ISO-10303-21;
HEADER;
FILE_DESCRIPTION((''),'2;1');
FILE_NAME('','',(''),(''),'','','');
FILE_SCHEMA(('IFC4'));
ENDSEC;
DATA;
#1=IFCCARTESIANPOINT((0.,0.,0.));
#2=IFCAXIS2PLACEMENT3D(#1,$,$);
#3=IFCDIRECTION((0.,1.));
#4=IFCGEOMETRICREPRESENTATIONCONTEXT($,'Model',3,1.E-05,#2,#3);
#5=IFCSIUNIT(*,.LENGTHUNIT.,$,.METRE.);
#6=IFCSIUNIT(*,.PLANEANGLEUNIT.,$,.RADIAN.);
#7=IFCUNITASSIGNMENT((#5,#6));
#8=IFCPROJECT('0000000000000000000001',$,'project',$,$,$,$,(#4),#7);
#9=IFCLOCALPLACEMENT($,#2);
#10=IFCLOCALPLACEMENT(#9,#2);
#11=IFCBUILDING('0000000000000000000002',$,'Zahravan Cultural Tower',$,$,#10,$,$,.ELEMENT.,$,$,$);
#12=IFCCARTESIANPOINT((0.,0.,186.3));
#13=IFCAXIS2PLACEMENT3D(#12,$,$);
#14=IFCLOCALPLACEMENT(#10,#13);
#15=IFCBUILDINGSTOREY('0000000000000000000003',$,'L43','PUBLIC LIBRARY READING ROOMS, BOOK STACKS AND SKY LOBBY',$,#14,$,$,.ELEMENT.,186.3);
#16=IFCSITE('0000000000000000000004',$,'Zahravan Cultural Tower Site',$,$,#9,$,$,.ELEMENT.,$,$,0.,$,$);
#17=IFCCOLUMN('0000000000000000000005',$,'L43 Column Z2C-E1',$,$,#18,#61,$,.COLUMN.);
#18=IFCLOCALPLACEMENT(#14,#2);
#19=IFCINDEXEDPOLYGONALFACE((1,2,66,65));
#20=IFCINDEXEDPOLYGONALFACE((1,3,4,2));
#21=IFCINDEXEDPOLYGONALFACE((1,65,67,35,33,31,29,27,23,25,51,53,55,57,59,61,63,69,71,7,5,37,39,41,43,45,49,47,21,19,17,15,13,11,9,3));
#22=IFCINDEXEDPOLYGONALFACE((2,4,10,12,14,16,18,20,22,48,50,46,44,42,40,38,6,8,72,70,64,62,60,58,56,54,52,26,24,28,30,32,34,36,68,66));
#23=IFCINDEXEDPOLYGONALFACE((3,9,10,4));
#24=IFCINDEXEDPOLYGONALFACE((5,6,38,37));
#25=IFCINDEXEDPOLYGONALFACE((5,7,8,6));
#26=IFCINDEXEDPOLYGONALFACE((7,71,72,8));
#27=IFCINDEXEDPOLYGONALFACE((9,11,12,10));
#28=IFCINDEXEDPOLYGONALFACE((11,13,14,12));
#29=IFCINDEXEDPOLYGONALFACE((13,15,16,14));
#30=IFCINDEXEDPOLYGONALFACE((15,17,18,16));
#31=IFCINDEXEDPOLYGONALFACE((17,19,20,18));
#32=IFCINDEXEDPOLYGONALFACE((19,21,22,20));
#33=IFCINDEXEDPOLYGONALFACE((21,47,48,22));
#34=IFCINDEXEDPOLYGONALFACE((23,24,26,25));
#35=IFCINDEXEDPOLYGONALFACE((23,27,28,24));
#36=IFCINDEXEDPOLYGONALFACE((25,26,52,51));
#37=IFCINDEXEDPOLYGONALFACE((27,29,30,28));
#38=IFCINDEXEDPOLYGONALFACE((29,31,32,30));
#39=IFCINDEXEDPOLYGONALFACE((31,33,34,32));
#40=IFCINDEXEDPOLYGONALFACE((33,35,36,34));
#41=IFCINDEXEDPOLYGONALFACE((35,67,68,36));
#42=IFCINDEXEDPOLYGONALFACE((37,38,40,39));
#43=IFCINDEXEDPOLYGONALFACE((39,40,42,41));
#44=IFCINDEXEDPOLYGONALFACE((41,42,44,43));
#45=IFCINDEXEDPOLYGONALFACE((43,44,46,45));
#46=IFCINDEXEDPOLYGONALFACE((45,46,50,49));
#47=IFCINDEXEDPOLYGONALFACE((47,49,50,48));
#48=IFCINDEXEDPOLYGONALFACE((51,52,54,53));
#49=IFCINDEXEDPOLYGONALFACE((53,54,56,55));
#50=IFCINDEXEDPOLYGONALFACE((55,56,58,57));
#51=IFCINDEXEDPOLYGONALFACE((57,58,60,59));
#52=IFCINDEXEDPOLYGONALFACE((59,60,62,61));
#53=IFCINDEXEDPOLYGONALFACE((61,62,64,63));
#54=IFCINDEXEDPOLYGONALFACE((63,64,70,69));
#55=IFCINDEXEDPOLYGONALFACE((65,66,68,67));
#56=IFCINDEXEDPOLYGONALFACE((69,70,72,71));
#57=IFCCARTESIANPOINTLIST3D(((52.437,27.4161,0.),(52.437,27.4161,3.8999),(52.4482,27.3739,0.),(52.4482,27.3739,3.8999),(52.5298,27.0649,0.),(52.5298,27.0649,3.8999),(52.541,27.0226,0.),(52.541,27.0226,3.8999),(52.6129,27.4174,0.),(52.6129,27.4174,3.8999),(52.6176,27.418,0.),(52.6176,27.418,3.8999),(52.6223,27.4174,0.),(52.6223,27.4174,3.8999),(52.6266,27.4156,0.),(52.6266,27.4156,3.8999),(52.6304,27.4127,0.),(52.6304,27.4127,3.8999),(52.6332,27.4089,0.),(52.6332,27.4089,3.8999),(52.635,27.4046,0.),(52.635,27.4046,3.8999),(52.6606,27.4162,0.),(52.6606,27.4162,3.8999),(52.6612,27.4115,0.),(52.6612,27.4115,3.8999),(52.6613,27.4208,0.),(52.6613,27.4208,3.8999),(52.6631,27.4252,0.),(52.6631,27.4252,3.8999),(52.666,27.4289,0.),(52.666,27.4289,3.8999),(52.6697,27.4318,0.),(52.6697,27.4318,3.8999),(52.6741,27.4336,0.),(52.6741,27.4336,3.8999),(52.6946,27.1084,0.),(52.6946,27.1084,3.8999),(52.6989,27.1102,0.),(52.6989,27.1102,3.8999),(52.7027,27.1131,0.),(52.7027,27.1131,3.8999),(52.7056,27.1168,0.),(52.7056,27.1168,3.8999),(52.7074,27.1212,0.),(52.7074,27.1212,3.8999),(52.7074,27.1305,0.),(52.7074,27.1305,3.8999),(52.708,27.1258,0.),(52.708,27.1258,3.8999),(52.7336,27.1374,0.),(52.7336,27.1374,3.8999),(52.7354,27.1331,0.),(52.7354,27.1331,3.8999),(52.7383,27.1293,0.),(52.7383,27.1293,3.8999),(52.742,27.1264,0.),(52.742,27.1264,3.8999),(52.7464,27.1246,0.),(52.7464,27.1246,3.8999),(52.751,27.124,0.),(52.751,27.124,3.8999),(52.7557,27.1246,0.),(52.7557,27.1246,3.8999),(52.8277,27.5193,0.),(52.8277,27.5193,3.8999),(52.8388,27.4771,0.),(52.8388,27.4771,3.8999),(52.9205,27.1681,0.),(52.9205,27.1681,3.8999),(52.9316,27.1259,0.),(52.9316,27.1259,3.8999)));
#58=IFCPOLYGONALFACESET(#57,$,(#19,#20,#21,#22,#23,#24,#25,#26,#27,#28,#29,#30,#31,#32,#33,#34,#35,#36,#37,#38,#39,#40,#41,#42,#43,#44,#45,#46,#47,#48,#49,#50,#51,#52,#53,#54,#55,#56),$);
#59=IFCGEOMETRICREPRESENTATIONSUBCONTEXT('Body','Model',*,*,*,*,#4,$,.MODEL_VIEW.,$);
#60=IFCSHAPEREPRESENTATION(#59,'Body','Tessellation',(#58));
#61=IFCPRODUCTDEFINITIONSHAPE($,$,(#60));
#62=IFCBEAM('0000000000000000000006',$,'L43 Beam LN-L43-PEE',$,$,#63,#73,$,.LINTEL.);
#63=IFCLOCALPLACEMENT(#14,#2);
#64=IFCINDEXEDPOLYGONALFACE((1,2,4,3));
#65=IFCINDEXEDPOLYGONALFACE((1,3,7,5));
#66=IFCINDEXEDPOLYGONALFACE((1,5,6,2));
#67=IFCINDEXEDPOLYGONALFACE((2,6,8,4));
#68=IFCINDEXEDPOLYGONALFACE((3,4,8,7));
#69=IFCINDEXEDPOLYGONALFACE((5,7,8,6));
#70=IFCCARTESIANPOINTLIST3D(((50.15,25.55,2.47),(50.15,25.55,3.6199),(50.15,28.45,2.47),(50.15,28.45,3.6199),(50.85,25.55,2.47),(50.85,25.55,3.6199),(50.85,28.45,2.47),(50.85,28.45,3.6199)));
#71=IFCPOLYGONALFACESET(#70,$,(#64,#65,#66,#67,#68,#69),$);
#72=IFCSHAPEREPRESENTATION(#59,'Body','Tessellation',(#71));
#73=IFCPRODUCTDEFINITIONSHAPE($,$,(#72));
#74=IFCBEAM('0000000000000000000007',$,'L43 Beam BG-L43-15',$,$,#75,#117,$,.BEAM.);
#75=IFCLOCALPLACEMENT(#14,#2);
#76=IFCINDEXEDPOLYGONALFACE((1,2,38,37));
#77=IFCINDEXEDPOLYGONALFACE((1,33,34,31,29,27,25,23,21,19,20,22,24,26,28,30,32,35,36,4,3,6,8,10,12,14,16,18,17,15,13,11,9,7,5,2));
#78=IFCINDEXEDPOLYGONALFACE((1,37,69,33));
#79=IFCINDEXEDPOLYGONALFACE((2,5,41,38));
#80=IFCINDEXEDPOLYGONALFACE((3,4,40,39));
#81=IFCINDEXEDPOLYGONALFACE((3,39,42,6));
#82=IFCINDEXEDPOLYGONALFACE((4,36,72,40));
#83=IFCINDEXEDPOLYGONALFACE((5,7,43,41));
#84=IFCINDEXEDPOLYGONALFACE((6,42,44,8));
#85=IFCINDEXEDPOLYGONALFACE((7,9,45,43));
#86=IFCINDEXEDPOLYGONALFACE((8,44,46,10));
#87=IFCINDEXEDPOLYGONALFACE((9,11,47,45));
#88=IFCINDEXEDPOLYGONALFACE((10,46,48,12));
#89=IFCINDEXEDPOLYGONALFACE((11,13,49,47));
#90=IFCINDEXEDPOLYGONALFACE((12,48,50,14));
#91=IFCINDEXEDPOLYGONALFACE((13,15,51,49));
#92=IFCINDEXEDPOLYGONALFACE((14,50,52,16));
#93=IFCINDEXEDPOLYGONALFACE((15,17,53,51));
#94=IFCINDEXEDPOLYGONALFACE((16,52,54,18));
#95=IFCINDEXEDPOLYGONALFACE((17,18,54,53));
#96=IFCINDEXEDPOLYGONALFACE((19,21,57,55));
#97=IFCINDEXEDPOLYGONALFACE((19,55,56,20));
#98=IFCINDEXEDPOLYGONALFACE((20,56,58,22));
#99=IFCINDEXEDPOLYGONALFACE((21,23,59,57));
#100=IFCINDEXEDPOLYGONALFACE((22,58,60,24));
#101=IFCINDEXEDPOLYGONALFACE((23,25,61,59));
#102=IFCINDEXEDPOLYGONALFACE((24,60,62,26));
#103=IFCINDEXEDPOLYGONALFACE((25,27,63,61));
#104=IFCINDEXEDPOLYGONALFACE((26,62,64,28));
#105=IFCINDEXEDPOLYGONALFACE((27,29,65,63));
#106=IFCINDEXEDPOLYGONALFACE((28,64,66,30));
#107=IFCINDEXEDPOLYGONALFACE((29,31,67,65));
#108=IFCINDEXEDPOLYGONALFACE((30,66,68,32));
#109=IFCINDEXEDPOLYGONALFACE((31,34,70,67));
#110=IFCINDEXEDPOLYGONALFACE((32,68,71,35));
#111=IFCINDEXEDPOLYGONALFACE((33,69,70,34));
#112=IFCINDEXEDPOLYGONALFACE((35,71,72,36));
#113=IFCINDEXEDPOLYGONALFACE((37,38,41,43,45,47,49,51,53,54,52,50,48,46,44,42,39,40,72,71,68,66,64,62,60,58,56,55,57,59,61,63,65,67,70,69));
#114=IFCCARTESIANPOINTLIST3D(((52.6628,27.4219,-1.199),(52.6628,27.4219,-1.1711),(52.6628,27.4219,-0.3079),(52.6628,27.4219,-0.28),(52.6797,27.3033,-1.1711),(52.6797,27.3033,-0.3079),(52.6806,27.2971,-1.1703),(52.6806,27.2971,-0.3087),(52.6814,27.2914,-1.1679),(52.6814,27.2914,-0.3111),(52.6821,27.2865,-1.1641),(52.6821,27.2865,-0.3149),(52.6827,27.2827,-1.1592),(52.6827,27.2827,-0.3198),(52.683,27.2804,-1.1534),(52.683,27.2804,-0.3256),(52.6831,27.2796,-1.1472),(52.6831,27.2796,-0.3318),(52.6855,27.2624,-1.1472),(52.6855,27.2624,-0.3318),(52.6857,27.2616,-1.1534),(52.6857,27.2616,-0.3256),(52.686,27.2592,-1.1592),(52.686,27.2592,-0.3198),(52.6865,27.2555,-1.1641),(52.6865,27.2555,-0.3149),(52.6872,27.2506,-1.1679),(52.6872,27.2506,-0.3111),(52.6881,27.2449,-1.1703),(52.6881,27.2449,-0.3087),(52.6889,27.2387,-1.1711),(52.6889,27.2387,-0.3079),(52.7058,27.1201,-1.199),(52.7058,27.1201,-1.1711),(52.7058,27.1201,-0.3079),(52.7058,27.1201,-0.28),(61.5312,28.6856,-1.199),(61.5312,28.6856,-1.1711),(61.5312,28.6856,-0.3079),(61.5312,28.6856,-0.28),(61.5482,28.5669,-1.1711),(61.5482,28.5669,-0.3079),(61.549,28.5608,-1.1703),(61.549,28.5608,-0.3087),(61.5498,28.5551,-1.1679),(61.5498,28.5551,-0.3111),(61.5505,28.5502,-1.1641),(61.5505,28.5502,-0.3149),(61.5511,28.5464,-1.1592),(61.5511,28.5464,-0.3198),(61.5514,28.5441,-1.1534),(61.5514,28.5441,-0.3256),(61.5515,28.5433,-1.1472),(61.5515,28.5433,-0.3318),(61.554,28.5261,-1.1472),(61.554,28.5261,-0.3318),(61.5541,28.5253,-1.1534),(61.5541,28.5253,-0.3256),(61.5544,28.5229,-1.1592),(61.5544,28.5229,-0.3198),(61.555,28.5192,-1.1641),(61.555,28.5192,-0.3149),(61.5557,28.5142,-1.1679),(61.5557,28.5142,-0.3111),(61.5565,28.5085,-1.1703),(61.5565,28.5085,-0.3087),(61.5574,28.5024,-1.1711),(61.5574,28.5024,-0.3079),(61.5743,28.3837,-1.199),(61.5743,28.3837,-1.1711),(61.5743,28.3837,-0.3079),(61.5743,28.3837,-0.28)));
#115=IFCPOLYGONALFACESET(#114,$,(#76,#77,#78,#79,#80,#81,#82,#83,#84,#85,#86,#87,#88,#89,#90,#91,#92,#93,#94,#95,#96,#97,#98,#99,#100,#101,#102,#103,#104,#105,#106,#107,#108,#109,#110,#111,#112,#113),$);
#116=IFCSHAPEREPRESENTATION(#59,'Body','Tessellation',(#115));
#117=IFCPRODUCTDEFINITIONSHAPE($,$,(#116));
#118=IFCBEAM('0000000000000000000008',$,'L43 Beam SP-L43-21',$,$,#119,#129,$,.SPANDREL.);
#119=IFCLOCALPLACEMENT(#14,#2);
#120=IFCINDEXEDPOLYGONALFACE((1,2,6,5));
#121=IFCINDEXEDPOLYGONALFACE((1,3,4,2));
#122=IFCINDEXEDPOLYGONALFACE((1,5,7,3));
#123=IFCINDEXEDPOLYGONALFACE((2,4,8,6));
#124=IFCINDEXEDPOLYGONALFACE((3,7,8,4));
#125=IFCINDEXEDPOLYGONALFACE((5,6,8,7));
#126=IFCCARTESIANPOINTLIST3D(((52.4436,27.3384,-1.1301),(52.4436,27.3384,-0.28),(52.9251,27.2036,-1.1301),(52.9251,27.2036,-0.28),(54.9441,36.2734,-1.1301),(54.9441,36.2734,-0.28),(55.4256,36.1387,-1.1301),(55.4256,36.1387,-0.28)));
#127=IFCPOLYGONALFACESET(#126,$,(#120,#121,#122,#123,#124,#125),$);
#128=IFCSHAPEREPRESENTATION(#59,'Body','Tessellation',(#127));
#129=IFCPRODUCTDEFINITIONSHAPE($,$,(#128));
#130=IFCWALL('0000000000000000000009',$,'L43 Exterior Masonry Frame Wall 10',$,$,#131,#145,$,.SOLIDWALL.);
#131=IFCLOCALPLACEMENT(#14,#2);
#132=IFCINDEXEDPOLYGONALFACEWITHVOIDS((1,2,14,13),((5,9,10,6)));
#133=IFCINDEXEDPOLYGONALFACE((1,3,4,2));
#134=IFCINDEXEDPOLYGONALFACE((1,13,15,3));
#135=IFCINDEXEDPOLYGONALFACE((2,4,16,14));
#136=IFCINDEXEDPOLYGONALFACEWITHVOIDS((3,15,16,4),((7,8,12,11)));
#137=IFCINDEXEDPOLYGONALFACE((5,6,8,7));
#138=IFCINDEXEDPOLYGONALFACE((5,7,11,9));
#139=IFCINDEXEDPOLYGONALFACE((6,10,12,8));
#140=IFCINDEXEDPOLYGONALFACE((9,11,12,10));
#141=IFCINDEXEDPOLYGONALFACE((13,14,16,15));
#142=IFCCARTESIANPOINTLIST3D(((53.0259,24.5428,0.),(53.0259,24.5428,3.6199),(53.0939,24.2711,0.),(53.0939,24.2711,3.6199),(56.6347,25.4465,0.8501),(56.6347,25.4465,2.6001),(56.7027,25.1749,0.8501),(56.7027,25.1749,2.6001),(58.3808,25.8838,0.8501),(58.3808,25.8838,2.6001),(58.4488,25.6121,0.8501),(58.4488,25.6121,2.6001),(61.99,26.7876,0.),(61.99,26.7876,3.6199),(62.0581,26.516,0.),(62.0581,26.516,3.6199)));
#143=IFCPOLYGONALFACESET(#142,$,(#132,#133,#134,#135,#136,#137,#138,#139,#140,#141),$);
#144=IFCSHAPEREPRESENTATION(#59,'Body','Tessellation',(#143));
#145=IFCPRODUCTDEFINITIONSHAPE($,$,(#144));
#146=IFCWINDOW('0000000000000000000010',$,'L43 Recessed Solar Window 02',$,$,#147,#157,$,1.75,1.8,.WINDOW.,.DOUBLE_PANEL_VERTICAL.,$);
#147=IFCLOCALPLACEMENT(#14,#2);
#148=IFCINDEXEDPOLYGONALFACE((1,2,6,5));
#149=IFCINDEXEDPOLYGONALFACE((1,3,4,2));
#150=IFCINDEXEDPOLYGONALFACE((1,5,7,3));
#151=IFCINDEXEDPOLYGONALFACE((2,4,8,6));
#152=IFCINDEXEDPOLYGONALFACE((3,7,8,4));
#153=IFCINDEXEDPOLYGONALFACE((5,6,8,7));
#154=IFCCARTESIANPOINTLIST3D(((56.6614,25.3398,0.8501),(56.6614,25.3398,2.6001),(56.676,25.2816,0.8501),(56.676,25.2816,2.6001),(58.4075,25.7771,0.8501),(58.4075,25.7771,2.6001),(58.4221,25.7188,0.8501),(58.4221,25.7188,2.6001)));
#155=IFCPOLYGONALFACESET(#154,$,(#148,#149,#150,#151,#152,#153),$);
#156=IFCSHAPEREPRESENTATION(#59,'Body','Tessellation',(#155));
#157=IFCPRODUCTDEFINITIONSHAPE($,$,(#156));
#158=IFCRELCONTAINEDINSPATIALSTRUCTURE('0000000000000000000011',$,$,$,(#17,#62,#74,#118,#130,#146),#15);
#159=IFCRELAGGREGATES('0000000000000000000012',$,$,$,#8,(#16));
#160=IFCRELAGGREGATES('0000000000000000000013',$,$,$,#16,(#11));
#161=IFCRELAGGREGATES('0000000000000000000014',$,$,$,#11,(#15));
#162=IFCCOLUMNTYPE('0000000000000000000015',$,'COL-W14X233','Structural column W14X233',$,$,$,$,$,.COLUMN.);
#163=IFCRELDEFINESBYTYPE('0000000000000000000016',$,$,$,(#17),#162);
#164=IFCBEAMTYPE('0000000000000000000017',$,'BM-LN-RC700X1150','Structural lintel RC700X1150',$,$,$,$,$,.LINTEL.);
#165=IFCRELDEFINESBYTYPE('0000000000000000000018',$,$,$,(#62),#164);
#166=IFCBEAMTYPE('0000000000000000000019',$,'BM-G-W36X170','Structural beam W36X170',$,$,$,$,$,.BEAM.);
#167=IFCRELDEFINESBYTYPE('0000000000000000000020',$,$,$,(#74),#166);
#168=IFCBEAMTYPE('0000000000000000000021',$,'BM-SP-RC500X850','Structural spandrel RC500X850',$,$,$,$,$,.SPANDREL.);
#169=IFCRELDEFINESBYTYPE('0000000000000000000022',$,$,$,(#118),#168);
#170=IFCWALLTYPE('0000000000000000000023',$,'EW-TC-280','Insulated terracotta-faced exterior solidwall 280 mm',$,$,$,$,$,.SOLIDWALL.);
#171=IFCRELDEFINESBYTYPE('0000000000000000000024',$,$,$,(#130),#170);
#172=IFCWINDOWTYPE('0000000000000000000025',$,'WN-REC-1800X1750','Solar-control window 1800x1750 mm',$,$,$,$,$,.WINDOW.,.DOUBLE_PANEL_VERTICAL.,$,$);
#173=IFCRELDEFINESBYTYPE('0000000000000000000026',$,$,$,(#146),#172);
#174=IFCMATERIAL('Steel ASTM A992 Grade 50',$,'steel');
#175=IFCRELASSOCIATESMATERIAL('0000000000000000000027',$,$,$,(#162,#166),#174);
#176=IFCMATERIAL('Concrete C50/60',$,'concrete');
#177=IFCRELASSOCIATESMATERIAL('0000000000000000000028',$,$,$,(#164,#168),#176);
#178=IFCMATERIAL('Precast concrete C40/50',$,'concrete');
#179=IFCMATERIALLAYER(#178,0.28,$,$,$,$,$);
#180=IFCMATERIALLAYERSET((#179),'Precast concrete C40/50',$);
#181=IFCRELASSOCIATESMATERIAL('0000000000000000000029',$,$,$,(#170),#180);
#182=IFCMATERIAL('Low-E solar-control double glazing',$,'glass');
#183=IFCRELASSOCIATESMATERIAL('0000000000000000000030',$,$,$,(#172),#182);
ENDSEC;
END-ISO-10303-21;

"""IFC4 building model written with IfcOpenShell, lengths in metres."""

from ifc_helpers import new_model, si_unit, direction, frame, frame_2d, origin, origin_2d, place, context, subcontext, project, spatial, rectangle, i_section, extrude, source, transform, mapped, material, layer, layer_set, material_profile, profile_set, type_object, element, fill, save


model = new_model("IFC4")

# Units and contexts
model_context = context("Model", 3, precision=1e-05, world=origin(), true_north=direction((0.0, 1.0)))
body_context = subcontext(model_context, "Body", "Model", "MODEL_VIEW")
ifc_project = project(units=[si_unit("LENGTHUNIT", "METRE"), si_unit("PLANEANGLEUNIT", "RADIAN")], contexts=[model_context])

# Site, building, storey
site_placement = place(None, origin())
site = spatial("IfcSite", under=ifc_project, at=site_placement, Name="Zahravan Cultural Tower Site", CompositionType="ELEMENT", RefElevation=0.0)
building_placement = place(site_placement, origin())
building = spatial("IfcBuilding", under=site, at=building_placement, Name="Zahravan Cultural Tower", CompositionType="ELEMENT")
storey_placement = place(building_placement, frame((0.0, 0.0, 186.3)))
storey = spatial("IfcBuildingStorey", under=building, at=storey_placement, Name="L43", Description="PUBLIC LIBRARY READING ROOMS, BOOK STACKS AND SKY LOBBY", CompositionType="ELEMENT", Elevation=186.3)

# Column
ifc_material_1 = material(Name="Steel ASTM A992 Grade 50", Category="steel")
ifc_material_profile_1 = material_profile(ifc_material_1, i_section(OverallWidth=0.4041, OverallDepth=0.407, WebThickness=0.0271, FlangeThickness=0.0437, FilletRadius=0.0181, at=origin_2d()), Name="W14X233")
ifc_profile_set_1 = profile_set([ifc_material_profile_1], Name="Steel ASTM A992 Grade 50")
column_type = type_object("IfcColumnType", Name="COL-W14X233", Description="Structural column W14X233", PredefinedType="COLUMN", material=ifc_profile_set_1)
shared_shape_1 = source(origin(), body_context, "Body", "SweptSolid", [
    extrude(i_section(OverallWidth=0.4041, OverallDepth=0.407, WebThickness=0.0271, FlangeThickness=0.0437, FilletRadius=0.0181, at=origin_2d()), origin(), (0.0, 0.0, 1.0), 3.8999),
])
column_placement = place(storey_placement, frame((52.6843, 27.271, 0.0), z_axis=(0.0, 0.0, 1.0), x_axis=(0.966823, 0.255446, 0.0)))
element("IfcColumn", 1, at=column_placement, inside=storey, type_object=column_type, Name="L43 Column Z2C-E1", PredefinedType="COLUMN", context=body_context, shape_type="MappedRepresentation", body=[
    mapped(shared_shape_1, transform((0.0, 0.0, 0.0), x_axis=(1.0, 0.0, 0.0), y_axis=(0.0, 1.0, 0.0), z_axis=(0.0, 0.0, 1.0), scale=1.0)),
])

# Beams
ifc_material_2 = material(Name="Concrete C50/60", Category="concrete")
ifc_material_profile_2 = material_profile(ifc_material_2, rectangle(XDim=0.7, YDim=1.1499, at=origin_2d()), Name="RC700X1150")
ifc_profile_set_2 = profile_set([ifc_material_profile_2], Name="Concrete C50/60")
beam_type_1 = type_object("IfcBeamType", Name="BM-LN-RC700X1150", Description="Structural lintel RC700X1150", PredefinedType="LINTEL", material=ifc_profile_set_2)
shared_shape_2 = source(origin(), body_context, "Body", "SweptSolid", [
    extrude(rectangle(XDim=0.7, YDim=1.1499, at=origin_2d()), origin(), (0.0, 0.0, 1.0), 2.8999),
])
beam_1_placement = place(storey_placement, frame((50.5, 25.55, 3.0449), z_axis=(0.0, 1.0, 0.0), x_axis=(-1.0, 0.0, 0.0)))
element("IfcBeam", 2, at=beam_1_placement, inside=storey, type_object=beam_type_1, Name="L43 Beam LN-L43-PEE", PredefinedType="LINTEL", context=body_context, shape_type="MappedRepresentation", body=[
    mapped(shared_shape_2, transform((0.0, 0.0, 0.0), x_axis=(1.0, 0.0, 0.0), y_axis=(0.0, 1.0, 0.0), z_axis=(0.0, 0.0, 1.0), scale=1.0)),
])
ifc_material_profile_3 = material_profile(ifc_material_1, i_section(OverallWidth=0.3049, OverallDepth=0.9189, WebThickness=0.0173, FlangeThickness=0.0278, FilletRadius=0.0239, at=origin_2d()), Name="W36X170")
ifc_profile_set_3 = profile_set([ifc_material_profile_3], Name="Steel ASTM A992 Grade 50")
beam_type_2 = type_object("IfcBeamType", Name="BM-G-W36X170", Description="Structural beam W36X170", PredefinedType="BEAM", material=ifc_profile_set_3)
shared_shape_3 = source(origin(), body_context, "Body", "SweptSolid", [
    extrude(i_section(OverallWidth=0.3049, OverallDepth=0.9189, WebThickness=0.0173, FlangeThickness=0.0278, FilletRadius=0.0239, at=origin_2d()), origin(), (0.0, 0.0, 1.0), 8.958),
])
beam_2_placement = place(storey_placement, frame((52.6843, 27.271, -0.7395), z_axis=(0.99, 0.141067, 0.0), x_axis=(-0.141067, 0.99, 0.0)))
element("IfcBeam", 3, at=beam_2_placement, inside=storey, type_object=beam_type_2, Name="L43 Beam BG-L43-15", PredefinedType="BEAM", context=body_context, shape_type="MappedRepresentation", body=[
    mapped(shared_shape_3, transform((0.0, 0.0, 0.0), x_axis=(1.0, 0.0, 0.0), y_axis=(0.0, 1.0, 0.0), z_axis=(0.0, 0.0, 1.0), scale=1.0)),
])
ifc_material_profile_4 = material_profile(ifc_material_2, rectangle(XDim=0.5, YDim=0.8501, at=origin_2d()), Name="RC500X850")
ifc_profile_set_4 = profile_set([ifc_material_profile_4], Name="Concrete C50/60")
beam_type_3 = type_object("IfcBeamType", Name="BM-SP-RC500X850", Description="Structural spandrel RC500X850", PredefinedType="SPANDREL", material=ifc_profile_set_4)
shared_shape_4 = source(origin(), body_context, "Body", "SweptSolid", [
    extrude(rectangle(XDim=0.5, YDim=0.8501, at=origin_2d()), origin(), (0.0, 0.0, 1.0), 9.2783),
])
beam_3_placement = place(storey_placement, frame((52.6843, 27.271, -0.7051), z_axis=(0.269497, 0.963001, 0.0), x_axis=(-0.963001, 0.269497, 0.0)))
element("IfcBeam", 4, at=beam_3_placement, inside=storey, type_object=beam_type_3, Name="L43 Beam SP-L43-21", PredefinedType="SPANDREL", context=body_context, shape_type="MappedRepresentation", body=[
    mapped(shared_shape_4, transform((0.0, 0.0, 0.0), x_axis=(1.0, 0.0, 0.0), y_axis=(0.0, 1.0, 0.0), z_axis=(0.0, 0.0, 1.0), scale=1.0)),
])

# Wall, opening, window
ifc_material_3 = material(Name="Precast concrete C40/50", Category="concrete")
ifc_layer_1 = layer(ifc_material_3, 0.28)
ifc_layer_set_1 = layer_set([ifc_layer_1], Name="Precast concrete C40/50")
wall_type_1 = type_object("IfcWallType", Name="EW-TC-280", Description="Insulated terracotta-faced exterior solidwall 280 mm", PredefinedType="SOLIDWALL", material=ifc_layer_set_1)
wall_1_placement = place(storey_placement, frame((62.0242, 26.6519, 0.0), z_axis=(0.0, 0.0, 1.0), x_axis=(-0.970045, -0.242927, 0.0)))
wall_1 = element("IfcWall", 5, at=wall_1_placement, inside=storey, type_object=wall_type_1, Name="L43 Exterior Masonry Frame Wall 10", PredefinedType="SOLIDWALL", context=body_context, shape_type="SweptSolid", body=[
    extrude(rectangle(XDim=9.241, YDim=0.28, at=frame_2d((4.6206, 0.0))), origin(), (0.0, 0.0, 1.0), 3.6199),
])
opening_placement = place(wall_1_placement, frame((3.7209, 0.0, 0.8501)))
opening = element("IfcOpeningElement", 6, at=opening_placement, cuts=wall_1, PredefinedType="OPENING", context=body_context, shape_type="SweptSolid", body=[
    extrude(rectangle(XDim=1.8, YDim=1.75, at=frame_2d((0.8999, 0.875))), frame((0.0, 0.1499, 0.0), z_axis=(0.0, -1.0, 0.0), x_axis=(1.0, 0.0, 0.0)), (0.0, 0.0, 1.0), 0.3),
])
ifc_material_4 = material(Name="Low-E solar-control double glazing", Category="glass")
window_type = type_object("IfcWindowType", Name="WN-REC-1800X1750", Description="Solar-control window 1800x1750 mm", PartitioningType="DOUBLE_PANEL_VERTICAL", PredefinedType="WINDOW", material=ifc_material_4)
shared_shape_5 = source(origin(), body_context, "Body", "SweptSolid", [
    extrude(rectangle(XDim=1.8, YDim=1.75, at=frame_2d((0.8999, 0.875))), frame((0.0, 0.03, 0.0), z_axis=(0.0, -1.0, 0.0), x_axis=(1.0, 0.0, 0.0)), (0.0, 0.0, 1.0), 0.0601),
])
window_placement = place(opening_placement, origin())
window = element("IfcWindow", 7, at=window_placement, inside=storey, type_object=window_type, Name="L43 Recessed Solar Window 02", OverallHeight=1.75, OverallWidth=1.8, PartitioningType="DOUBLE_PANEL_VERTICAL", PredefinedType="WINDOW", context=body_context, shape_type="MappedRepresentation", body=[
    mapped(shared_shape_5, transform((0.0, 0.0, 0.0), x_axis=(1.0, 0.0, 0.0), y_axis=(0.0, 1.0, 0.0), z_axis=(0.0, 0.0, 1.0), scale=1.0)),
])
fill(opening, window)

save(model, "model.ifc")
